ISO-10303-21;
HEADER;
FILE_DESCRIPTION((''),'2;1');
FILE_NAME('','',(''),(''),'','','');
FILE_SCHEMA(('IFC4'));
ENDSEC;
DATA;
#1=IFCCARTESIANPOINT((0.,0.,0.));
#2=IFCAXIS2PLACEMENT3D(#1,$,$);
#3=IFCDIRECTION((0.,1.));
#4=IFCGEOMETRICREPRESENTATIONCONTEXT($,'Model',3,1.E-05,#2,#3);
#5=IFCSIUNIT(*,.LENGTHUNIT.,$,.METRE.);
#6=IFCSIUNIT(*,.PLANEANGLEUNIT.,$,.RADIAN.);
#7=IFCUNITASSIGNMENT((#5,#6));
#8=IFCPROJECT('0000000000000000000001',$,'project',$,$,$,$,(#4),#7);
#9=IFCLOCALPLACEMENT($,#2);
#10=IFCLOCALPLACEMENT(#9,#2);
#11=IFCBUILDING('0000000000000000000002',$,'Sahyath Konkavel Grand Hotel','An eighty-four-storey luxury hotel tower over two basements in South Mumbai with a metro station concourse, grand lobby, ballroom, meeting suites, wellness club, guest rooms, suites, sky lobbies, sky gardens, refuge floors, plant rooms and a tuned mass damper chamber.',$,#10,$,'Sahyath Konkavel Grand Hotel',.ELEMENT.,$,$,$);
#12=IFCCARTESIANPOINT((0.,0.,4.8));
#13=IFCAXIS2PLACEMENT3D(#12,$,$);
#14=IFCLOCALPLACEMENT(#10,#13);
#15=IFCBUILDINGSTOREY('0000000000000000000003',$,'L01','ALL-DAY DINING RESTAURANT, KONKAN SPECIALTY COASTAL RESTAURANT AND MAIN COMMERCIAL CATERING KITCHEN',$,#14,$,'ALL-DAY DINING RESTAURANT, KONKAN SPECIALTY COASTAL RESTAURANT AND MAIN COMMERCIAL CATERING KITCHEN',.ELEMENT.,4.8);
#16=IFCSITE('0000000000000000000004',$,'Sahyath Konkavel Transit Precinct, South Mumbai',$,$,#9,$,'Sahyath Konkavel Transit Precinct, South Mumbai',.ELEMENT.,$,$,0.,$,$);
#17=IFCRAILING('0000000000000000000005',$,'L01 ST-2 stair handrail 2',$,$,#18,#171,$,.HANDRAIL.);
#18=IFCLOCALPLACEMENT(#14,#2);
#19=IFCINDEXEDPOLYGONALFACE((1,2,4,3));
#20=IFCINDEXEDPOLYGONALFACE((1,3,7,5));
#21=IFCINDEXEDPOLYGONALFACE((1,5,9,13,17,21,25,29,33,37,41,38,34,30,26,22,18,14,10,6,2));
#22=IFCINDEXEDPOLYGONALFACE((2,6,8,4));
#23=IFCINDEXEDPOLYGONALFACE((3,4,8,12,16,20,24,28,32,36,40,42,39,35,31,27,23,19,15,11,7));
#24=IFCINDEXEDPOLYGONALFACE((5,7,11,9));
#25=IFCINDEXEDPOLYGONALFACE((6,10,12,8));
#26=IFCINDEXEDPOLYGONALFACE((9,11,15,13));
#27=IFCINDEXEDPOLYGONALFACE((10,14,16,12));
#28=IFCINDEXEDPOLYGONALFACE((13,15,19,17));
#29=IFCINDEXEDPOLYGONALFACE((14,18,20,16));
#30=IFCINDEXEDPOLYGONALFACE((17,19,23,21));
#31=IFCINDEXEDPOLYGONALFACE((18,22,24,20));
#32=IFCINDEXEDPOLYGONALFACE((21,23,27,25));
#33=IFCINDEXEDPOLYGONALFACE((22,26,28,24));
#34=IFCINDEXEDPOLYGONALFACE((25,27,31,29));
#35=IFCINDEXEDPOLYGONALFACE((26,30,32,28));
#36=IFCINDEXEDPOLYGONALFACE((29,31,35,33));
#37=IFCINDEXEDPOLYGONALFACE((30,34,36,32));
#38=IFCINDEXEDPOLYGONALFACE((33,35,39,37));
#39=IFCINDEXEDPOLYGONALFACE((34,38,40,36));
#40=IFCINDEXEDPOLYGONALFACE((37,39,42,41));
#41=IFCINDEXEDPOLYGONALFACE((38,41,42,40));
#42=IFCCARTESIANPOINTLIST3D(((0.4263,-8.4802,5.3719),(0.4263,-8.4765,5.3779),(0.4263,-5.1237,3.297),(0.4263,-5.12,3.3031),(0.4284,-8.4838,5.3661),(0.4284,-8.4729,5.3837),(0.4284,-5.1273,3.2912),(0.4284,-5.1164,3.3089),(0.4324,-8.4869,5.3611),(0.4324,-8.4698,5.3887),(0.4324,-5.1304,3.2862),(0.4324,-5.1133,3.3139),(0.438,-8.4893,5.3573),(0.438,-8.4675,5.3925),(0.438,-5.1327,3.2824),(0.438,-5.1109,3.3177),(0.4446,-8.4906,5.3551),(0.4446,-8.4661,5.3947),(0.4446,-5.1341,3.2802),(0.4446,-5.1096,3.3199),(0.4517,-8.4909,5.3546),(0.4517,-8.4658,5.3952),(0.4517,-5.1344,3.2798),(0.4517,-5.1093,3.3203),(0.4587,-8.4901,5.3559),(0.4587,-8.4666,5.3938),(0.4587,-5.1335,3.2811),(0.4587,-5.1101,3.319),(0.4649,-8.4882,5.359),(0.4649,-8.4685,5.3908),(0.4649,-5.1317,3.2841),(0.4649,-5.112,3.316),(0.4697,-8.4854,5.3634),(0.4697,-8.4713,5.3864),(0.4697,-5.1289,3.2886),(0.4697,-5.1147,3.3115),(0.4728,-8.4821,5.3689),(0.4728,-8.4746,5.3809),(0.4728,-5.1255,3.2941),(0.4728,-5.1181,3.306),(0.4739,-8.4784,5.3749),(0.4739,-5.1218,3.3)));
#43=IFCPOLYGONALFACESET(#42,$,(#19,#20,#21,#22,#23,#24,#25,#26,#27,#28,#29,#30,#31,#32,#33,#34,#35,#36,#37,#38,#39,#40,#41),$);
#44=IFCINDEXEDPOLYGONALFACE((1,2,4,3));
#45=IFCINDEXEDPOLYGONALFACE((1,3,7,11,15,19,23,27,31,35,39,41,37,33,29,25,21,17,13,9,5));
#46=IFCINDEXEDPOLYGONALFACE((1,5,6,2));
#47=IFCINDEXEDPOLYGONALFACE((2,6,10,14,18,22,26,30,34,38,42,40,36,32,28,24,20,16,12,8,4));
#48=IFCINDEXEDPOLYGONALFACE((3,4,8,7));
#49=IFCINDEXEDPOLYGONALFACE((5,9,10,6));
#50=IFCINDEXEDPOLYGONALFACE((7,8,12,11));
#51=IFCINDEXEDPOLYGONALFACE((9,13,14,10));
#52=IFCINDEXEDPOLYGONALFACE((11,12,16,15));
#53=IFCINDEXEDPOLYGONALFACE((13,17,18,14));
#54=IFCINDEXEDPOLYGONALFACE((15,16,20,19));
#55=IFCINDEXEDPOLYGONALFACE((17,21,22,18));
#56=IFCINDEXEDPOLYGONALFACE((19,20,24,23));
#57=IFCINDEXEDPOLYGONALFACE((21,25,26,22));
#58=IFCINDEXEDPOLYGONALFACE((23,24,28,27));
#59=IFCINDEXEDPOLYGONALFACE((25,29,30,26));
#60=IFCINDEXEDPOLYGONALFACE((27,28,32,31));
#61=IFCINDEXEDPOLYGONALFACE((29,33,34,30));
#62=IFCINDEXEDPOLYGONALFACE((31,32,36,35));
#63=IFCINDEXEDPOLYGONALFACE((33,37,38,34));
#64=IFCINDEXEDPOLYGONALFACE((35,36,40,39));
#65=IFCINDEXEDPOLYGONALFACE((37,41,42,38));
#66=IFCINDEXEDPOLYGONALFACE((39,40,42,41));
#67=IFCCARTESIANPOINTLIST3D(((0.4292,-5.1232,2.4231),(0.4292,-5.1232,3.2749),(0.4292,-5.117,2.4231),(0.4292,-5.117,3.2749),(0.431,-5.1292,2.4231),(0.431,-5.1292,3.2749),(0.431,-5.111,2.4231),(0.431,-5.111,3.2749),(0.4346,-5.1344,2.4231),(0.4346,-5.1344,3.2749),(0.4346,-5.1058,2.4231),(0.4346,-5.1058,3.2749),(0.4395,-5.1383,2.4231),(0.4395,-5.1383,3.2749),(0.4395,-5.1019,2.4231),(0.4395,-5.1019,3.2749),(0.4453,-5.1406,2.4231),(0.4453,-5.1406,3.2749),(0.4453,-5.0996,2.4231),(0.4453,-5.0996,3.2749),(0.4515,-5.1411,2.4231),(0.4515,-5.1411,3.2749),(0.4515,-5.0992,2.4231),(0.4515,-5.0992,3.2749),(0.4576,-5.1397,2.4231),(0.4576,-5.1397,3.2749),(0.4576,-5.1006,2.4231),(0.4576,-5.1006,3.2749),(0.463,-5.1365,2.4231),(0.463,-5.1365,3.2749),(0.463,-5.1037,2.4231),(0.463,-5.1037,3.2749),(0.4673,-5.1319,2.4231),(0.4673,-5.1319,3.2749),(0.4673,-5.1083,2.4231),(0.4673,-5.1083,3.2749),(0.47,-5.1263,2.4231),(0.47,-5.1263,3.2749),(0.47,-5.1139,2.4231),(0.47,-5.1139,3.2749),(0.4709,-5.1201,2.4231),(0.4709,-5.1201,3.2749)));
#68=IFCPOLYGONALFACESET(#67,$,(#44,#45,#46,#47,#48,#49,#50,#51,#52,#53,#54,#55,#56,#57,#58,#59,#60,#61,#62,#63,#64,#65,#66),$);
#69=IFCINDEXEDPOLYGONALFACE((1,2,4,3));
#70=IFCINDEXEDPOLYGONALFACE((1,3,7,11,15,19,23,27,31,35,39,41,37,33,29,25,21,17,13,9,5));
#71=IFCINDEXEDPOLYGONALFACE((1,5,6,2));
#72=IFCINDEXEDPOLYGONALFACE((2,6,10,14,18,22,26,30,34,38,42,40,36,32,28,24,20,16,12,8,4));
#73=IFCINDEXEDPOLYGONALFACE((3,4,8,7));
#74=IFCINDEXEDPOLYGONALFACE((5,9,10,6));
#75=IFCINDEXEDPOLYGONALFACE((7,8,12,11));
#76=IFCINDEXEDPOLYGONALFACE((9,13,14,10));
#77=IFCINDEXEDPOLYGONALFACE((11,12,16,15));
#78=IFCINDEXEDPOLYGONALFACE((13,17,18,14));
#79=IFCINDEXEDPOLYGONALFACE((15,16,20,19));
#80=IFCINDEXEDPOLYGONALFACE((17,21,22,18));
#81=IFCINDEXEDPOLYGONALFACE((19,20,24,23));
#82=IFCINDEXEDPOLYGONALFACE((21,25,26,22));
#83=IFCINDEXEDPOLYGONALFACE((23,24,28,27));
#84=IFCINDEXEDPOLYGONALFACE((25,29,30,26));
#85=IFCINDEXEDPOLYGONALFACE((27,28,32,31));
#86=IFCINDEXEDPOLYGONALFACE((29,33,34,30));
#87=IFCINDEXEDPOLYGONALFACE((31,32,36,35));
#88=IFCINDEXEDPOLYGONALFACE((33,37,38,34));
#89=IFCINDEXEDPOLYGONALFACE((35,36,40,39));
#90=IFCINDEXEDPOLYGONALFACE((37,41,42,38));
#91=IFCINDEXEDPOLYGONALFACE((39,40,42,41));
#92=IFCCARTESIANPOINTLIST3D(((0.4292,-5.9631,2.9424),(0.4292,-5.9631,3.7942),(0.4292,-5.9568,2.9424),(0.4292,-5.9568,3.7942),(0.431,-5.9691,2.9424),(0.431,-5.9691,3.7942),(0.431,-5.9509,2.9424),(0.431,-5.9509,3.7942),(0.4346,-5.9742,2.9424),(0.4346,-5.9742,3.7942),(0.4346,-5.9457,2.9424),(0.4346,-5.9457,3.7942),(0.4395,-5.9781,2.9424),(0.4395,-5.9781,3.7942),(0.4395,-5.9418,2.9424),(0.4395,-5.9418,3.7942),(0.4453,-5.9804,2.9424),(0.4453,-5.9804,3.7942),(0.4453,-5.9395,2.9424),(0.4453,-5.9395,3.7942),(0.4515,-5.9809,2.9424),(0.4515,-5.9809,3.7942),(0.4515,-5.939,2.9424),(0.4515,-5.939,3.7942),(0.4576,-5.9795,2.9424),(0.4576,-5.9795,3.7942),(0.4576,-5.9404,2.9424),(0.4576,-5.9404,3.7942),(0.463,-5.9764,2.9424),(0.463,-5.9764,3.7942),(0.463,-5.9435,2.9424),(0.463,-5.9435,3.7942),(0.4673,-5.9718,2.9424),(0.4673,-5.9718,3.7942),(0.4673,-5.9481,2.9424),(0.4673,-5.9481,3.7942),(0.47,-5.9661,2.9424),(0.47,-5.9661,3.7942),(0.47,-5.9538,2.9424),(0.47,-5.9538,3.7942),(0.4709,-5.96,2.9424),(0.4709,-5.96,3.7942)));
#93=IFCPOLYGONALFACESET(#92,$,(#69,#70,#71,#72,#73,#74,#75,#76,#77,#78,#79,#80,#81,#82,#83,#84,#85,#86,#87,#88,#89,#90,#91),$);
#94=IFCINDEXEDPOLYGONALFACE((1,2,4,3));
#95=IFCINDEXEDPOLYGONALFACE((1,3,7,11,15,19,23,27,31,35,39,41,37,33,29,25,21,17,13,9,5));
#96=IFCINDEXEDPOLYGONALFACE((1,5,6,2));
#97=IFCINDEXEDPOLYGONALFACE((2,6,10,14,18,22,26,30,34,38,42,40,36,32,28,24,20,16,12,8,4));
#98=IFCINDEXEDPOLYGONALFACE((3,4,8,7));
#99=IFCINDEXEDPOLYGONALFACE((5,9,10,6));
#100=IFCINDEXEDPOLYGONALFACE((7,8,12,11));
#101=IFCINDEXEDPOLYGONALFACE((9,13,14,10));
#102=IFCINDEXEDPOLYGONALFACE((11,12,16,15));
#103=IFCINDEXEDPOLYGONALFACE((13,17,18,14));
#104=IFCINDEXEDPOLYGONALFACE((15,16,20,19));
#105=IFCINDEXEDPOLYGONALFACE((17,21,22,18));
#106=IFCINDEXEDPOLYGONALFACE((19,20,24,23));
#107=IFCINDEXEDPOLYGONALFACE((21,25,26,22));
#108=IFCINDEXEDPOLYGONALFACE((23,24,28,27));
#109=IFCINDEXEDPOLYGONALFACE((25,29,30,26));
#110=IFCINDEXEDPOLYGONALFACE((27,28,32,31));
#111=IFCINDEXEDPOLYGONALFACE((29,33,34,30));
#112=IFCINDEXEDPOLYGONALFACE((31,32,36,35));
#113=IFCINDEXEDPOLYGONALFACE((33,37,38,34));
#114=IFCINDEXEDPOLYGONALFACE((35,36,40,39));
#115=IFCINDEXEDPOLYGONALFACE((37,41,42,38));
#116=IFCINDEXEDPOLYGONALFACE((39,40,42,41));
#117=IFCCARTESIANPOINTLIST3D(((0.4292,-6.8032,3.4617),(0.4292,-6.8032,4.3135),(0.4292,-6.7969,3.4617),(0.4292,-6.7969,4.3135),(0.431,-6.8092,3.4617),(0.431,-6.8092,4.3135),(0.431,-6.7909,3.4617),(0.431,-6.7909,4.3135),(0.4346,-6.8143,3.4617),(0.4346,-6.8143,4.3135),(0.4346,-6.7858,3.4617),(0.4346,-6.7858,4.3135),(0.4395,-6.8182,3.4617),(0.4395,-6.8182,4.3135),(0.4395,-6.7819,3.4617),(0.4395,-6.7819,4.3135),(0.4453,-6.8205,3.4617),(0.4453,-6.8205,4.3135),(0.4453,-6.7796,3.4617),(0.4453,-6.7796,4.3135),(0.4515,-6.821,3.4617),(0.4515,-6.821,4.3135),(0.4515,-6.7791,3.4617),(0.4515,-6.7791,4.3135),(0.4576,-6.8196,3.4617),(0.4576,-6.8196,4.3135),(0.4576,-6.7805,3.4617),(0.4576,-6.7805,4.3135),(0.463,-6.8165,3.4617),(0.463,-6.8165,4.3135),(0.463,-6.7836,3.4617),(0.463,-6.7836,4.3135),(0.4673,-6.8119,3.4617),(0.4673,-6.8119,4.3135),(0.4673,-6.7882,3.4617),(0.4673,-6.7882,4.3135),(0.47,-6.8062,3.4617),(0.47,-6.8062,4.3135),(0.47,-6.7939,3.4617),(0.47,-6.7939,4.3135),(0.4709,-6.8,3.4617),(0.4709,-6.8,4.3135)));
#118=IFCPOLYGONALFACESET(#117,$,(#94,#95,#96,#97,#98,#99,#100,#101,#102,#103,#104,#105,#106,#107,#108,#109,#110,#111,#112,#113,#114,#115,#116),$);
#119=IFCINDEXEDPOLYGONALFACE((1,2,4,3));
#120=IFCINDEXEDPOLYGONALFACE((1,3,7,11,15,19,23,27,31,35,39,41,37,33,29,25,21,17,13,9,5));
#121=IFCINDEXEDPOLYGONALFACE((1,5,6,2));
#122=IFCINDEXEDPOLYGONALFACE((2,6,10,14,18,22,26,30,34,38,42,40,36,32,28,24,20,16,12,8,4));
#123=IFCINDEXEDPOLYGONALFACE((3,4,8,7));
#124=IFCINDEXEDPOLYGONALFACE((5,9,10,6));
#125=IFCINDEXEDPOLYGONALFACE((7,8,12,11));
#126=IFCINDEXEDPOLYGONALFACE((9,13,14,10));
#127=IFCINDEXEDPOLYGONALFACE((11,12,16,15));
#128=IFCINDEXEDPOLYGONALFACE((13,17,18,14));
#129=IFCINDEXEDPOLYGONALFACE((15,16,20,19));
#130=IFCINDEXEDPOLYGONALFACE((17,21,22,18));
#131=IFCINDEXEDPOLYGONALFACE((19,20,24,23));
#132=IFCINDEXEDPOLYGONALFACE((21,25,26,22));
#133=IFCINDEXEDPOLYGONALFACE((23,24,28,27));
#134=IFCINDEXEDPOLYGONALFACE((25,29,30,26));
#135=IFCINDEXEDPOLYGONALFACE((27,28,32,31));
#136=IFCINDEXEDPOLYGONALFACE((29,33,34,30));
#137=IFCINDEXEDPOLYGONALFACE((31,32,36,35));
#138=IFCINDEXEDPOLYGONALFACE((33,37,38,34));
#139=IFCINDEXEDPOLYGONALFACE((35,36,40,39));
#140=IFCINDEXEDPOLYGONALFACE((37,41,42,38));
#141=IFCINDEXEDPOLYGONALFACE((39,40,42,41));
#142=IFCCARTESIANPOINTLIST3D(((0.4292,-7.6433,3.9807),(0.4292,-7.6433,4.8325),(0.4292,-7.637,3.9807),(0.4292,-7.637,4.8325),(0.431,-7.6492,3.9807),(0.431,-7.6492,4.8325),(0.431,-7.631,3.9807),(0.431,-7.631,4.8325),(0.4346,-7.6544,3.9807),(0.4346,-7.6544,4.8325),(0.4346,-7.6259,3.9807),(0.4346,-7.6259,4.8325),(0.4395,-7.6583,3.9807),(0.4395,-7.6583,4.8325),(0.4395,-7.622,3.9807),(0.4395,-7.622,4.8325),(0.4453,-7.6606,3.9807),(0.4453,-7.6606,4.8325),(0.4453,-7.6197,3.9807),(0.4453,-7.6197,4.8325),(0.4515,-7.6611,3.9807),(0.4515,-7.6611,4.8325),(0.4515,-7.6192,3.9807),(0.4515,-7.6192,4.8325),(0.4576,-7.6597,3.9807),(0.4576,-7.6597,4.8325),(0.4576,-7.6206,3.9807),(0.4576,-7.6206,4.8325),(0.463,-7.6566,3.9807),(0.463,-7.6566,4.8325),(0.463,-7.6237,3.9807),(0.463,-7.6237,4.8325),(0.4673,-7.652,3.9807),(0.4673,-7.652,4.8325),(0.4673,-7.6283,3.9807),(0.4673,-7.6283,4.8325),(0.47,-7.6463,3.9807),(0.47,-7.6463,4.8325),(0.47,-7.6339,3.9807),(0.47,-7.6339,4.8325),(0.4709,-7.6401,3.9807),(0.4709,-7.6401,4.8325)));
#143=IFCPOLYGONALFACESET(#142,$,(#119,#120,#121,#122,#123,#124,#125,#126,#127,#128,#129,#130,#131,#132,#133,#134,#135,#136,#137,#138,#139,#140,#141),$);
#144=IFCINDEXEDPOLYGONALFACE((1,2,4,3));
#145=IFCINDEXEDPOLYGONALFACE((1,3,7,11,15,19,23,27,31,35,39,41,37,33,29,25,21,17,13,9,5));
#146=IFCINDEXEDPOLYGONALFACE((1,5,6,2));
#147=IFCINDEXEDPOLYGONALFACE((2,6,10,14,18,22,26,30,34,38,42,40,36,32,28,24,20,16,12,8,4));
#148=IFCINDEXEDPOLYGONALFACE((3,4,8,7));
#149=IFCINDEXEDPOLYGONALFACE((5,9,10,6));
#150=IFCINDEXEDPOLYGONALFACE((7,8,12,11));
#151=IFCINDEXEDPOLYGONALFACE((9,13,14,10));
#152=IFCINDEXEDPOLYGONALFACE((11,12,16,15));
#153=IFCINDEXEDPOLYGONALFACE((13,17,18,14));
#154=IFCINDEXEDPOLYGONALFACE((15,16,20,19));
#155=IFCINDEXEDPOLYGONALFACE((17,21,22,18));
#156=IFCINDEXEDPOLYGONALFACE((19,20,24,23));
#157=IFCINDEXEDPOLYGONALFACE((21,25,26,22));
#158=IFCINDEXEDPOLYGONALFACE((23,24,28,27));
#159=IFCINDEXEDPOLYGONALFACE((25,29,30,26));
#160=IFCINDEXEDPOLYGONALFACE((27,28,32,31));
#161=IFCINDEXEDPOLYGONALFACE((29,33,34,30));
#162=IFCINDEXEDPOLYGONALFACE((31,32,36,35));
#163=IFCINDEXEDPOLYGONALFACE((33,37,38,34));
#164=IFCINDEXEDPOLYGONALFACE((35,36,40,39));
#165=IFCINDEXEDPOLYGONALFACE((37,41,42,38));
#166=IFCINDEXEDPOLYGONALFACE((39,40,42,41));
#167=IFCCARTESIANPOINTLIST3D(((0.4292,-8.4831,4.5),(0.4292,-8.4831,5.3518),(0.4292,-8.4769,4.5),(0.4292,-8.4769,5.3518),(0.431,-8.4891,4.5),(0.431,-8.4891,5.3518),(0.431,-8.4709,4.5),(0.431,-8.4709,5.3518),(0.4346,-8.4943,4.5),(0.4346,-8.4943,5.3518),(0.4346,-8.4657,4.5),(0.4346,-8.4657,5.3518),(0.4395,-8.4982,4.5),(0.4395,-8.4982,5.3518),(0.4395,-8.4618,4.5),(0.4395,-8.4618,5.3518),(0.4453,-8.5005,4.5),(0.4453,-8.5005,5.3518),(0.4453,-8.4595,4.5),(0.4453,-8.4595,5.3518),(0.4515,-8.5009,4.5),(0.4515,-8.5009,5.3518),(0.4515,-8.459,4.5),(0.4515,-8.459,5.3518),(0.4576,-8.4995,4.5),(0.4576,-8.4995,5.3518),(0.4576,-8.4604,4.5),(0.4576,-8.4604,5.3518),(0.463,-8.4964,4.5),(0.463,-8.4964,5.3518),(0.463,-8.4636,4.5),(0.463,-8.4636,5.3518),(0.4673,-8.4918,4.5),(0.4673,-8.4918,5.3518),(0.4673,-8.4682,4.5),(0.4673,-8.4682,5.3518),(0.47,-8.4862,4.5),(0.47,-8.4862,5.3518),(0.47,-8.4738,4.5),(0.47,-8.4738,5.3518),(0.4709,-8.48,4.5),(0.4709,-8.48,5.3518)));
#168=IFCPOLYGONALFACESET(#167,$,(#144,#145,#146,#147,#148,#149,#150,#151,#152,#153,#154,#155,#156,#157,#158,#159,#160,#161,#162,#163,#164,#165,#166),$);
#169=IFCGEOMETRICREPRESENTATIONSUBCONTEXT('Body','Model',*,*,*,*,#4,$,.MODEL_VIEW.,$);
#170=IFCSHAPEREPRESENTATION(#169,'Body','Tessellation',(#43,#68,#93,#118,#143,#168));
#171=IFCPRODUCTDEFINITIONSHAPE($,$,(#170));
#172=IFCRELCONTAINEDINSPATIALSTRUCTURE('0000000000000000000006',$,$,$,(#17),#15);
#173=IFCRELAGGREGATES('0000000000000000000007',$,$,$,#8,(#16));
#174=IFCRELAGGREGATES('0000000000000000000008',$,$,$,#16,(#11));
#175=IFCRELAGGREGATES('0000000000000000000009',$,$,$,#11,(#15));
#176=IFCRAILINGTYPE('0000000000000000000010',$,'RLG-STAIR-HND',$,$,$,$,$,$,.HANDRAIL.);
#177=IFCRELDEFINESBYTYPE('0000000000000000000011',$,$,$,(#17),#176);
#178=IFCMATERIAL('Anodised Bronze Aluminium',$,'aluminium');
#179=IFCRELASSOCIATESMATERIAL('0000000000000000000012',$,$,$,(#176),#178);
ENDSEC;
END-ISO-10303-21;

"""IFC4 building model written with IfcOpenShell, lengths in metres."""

from ifc_helpers import new_model, si_unit, direction, frame, origin, origin_2d, place, context, subcontext, project, spatial, circle, extrude, material, type_object, element, save


model = new_model("IFC4")

# Units and contexts
model_context = context("Model", 3, precision=1e-05, world=origin(), true_north=direction((0.0, 1.0)))
body_context = subcontext(model_context, "Body", "Model", "MODEL_VIEW")
ifc_project = project(units=[si_unit("LENGTHUNIT", "METRE"), si_unit("PLANEANGLEUNIT", "RADIAN")], contexts=[model_context])

# Site, building, storey
site_placement = place(None, origin())
site = spatial("IfcSite", under=ifc_project, at=site_placement, Name="Sahyath Konkavel Transit Precinct, South Mumbai", LongName="Sahyath Konkavel Transit Precinct, South Mumbai", CompositionType="ELEMENT", RefElevation=0.0)
building_placement = place(site_placement, origin())
building = spatial("IfcBuilding", under=site, at=building_placement, Name="Sahyath Konkavel Grand Hotel", Description="An eighty-four-storey luxury hotel tower over two basements in South Mumbai with a metro station concourse, grand lobby, ballroom, meeting suites, wellness club, guest rooms, suites, sky lobbies, sky gardens, refuge floors, plant rooms and a tuned mass damper chamber.", LongName="Sahyath Konkavel Grand Hotel", CompositionType="ELEMENT")
storey_placement = place(building_placement, frame((0.0, 0.0, 4.8)))
storey = spatial("IfcBuildingStorey", under=building, at=storey_placement, Name="L01", Description="ALL-DAY DINING RESTAURANT, KONKAN SPECIALTY COASTAL RESTAURANT AND MAIN COMMERCIAL CATERING KITCHEN", LongName="ALL-DAY DINING RESTAURANT, KONKAN SPECIALTY COASTAL RESTAURANT AND MAIN COMMERCIAL CATERING KITCHEN", CompositionType="ELEMENT", Elevation=4.8)

# Railing
ifc_material_1 = material(Name="Anodised Bronze Aluminium", Category="aluminium")
railing_type_1 = type_object("IfcRailingType", Name="RLG-STAIR-HND", PredefinedType="HANDRAIL", material=ifc_material_1)
railing_1_placement = place(storey_placement, frame((0.45, -5.1201, 2.4231)))
element("IfcRailing", 1, at=railing_1_placement, inside=storey, type_object=railing_type_1, Name="L01 ST-2 stair handrail 2", PredefinedType="HANDRAIL", context=body_context, shape_type="SweptSolid", body=[
    extrude(circle(Radius=0.0239, at=origin_2d()), frame((0.0, -0.0017, 0.877), z_axis=(0.0, -0.850606, 0.525803), x_axis=(1.0, 0.0, 0.0)), (0.0, 0.0, 1.0), 3.946),
    extrude(circle(Radius=0.021, at=origin_2d()), origin(), (0.0, 0.0, 1.0), 0.8518),
    extrude(circle(Radius=0.021, at=origin_2d()), frame((0.0, -0.8398, 0.5193)), (0.0, 0.0, 1.0), 0.8518),
    extrude(circle(Radius=0.021, at=origin_2d()), frame((0.0, -1.6799, 1.0386)), (0.0, 0.0, 1.0), 0.8518),
    extrude(circle(Radius=0.021, at=origin_2d()), frame((0.0, -2.52, 1.5576)), (0.0, 0.0, 1.0), 0.8518),
    extrude(circle(Radius=0.021, at=origin_2d()), frame((0.0, -3.3599, 2.0769)), (0.0, 0.0, 1.0), 0.8518),
])

save(model, "model.ifc")
